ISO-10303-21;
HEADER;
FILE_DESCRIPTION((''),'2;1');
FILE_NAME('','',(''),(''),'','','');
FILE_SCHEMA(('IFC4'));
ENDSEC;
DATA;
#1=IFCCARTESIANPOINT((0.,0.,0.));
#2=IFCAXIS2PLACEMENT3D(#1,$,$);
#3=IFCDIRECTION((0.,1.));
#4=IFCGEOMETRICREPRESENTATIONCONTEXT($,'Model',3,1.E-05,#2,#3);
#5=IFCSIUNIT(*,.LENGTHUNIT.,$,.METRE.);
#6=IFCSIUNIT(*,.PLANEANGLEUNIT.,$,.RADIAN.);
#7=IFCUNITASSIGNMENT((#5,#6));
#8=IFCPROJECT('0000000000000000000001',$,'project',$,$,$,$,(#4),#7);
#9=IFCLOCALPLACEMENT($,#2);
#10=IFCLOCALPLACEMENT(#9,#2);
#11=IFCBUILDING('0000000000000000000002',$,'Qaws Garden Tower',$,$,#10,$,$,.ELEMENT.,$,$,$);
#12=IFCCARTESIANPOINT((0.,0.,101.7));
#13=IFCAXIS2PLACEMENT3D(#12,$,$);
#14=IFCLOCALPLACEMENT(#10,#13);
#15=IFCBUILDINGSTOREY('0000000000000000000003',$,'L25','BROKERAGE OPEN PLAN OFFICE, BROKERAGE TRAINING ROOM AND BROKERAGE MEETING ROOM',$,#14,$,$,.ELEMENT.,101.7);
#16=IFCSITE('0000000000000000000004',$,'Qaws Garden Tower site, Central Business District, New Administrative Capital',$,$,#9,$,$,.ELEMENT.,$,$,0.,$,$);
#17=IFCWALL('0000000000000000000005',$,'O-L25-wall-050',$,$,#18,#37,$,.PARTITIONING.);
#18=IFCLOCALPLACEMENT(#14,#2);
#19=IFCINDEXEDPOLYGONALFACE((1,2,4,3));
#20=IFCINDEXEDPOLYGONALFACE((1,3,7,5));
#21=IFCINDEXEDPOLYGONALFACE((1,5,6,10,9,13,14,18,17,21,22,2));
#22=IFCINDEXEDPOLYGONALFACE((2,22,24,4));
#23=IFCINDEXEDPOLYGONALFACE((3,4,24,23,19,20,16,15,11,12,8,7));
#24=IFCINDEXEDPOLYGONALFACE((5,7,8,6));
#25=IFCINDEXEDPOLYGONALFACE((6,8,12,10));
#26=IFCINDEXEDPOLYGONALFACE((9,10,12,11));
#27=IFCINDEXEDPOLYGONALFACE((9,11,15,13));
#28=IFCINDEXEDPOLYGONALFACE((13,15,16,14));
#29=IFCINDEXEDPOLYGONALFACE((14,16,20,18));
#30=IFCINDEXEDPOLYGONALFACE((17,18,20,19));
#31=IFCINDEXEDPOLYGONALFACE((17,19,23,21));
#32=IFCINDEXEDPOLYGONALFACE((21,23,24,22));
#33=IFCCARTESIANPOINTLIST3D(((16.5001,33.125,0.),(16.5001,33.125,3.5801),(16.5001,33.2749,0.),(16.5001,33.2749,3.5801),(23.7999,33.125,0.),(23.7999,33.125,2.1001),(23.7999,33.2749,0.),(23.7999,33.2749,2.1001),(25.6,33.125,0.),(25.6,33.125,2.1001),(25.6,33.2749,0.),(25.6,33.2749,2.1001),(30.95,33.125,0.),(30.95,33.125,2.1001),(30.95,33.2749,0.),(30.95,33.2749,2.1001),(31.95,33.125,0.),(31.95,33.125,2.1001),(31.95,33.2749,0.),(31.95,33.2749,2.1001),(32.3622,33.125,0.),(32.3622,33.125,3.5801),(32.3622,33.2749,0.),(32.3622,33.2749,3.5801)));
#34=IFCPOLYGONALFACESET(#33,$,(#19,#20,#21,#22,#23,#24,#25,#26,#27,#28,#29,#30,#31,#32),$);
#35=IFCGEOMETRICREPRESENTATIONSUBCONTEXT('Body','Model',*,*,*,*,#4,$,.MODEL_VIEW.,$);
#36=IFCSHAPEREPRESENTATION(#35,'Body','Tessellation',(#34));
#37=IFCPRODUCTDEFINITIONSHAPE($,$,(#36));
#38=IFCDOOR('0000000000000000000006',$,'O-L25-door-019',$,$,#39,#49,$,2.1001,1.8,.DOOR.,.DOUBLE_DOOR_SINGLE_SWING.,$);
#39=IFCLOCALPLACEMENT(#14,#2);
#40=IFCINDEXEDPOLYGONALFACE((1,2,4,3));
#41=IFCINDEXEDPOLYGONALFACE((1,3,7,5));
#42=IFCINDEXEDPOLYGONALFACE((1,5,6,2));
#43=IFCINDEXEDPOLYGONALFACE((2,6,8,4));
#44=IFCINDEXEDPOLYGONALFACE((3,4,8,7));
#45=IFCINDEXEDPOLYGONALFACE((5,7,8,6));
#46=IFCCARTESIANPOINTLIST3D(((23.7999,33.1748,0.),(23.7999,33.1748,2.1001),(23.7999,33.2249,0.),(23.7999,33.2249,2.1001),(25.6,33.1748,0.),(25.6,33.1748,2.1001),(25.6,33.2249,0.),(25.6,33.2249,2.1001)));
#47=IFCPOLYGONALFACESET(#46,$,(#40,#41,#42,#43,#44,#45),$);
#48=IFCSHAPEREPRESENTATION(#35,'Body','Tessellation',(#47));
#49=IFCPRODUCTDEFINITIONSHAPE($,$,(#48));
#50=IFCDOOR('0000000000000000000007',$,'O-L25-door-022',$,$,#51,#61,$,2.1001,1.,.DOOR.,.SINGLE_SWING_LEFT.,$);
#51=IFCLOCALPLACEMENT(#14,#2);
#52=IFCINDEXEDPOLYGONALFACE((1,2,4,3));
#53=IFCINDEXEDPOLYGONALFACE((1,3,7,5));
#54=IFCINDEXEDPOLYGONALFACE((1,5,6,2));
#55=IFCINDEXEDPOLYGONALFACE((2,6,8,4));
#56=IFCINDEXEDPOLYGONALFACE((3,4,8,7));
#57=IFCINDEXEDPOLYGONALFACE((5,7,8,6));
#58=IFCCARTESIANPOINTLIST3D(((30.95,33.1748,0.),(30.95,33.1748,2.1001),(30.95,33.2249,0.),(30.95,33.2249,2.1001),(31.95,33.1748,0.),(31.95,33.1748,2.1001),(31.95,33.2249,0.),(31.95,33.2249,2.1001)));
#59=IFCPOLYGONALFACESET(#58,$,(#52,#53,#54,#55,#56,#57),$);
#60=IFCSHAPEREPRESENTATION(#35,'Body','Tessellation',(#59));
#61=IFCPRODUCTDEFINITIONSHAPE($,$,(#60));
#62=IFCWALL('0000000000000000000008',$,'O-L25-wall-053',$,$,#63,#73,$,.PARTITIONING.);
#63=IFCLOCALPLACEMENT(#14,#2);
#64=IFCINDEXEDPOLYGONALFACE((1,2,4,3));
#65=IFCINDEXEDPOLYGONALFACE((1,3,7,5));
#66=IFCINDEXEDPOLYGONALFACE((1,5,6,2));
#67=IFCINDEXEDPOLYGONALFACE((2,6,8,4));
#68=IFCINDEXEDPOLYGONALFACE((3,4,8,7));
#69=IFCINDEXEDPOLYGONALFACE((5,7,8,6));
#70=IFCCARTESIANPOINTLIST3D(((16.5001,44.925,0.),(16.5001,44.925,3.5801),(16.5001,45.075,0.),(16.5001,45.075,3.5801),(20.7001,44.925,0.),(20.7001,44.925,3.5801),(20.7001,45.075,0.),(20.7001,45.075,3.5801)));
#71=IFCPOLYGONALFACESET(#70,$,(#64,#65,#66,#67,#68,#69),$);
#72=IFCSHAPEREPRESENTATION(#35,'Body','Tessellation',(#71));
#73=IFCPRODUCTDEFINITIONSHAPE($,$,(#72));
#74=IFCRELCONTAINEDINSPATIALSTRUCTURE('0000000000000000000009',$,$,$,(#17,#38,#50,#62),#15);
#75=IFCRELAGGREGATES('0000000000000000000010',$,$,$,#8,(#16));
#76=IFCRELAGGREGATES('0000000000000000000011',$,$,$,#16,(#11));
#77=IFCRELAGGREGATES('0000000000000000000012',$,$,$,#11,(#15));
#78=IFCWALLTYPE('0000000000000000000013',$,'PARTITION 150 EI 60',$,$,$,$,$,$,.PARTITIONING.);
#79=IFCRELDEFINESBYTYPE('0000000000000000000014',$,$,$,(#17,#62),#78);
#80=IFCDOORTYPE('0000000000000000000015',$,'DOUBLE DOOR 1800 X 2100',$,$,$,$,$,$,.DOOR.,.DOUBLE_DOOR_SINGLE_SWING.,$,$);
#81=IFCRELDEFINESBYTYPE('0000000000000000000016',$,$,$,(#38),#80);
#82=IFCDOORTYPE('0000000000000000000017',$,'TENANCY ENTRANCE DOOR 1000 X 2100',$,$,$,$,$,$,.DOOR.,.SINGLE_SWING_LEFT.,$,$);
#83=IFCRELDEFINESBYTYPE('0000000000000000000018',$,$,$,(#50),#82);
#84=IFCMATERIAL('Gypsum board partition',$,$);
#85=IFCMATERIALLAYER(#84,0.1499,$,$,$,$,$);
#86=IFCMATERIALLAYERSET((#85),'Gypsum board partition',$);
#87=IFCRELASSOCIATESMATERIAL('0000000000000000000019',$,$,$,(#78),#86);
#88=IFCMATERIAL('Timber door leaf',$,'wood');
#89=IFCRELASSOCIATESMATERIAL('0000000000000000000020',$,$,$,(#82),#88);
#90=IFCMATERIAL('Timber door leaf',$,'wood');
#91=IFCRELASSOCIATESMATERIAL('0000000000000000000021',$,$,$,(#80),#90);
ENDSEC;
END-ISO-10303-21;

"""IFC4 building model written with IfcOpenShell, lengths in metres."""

from ifc_helpers import new_model, si_unit, direction, frame, frame_2d, origin, place, context, subcontext, project, spatial, rectangle, extrude, material, layer, layer_set, type_object, element, fill, save


model = new_model("IFC4")

# Units and contexts
model_context = context("Model", 3, precision=1e-05, world=origin(), true_north=direction((0.0, 1.0)))
body_context = subcontext(model_context, "Body", "Model", "MODEL_VIEW")
ifc_project = project(units=[si_unit("LENGTHUNIT", "METRE"), si_unit("PLANEANGLEUNIT", "RADIAN")], contexts=[model_context])

# Site, building, storey
site_placement = place(None, origin())
site = spatial("IfcSite", under=ifc_project, at=site_placement, Name="Qaws Garden Tower site, Central Business District, New Administrative Capital", CompositionType="ELEMENT", RefElevation=0.0)
building_placement = place(site_placement, origin())
building = spatial("IfcBuilding", under=site, at=building_placement, Name="Qaws Garden Tower", CompositionType="ELEMENT")
storey_placement = place(building_placement, frame((0.0, 0.0, 101.7)))
storey = spatial("IfcBuildingStorey", under=building, at=storey_placement, Name="L25", Description="BROKERAGE OPEN PLAN OFFICE, BROKERAGE TRAINING ROOM AND BROKERAGE MEETING ROOM", CompositionType="ELEMENT", Elevation=101.7)

# Shared definitions
ifc_material_1 = material(Name="Gypsum board partition")
ifc_layer_1 = layer(ifc_material_1, 0.1499)
ifc_layer_set_1 = layer_set([ifc_layer_1], Name="Gypsum board partition")
wall_type_1 = type_object("IfcWallType", Name="PARTITION 150 EI 60", PredefinedType="PARTITIONING", material=ifc_layer_set_1)
ifc_material_2 = material(Name="Timber door leaf", Category="wood")
door_type_1 = type_object("IfcDoorType", Name="TENANCY ENTRANCE DOOR 1000 X 2100", OperationType="SINGLE_SWING_LEFT", PredefinedType="DOOR", material=ifc_material_2)

# Wall, openings, doors
wall_1_placement = place(storey_placement, frame((16.5, 33.2, 0.0), z_axis=(0.0, 0.0, 1.0), x_axis=(1.0, 0.0, 0.0)))
wall_1 = element("IfcWall", 1, at=wall_1_placement, inside=storey, type_object=wall_type_1, Name="O-L25-wall-050", PredefinedType="PARTITIONING", context=body_context, shape_type="SweptSolid", body=[
    extrude(rectangle(XDim=15.8621, YDim=0.1499, at=frame_2d((7.9312, 0.0))), origin(), (0.0, 0.0, 1.0), 3.5801),
])
opening_1_placement = place(wall_1_placement, frame((7.3, 0.0, 0.0)))
opening_1 = element("IfcOpeningElement", 2, at=opening_1_placement, cuts=wall_1, PredefinedType="OPENING", context=body_context, shape_type="SweptSolid", body=[
    extrude(rectangle(XDim=1.8, YDim=2.1001, at=frame_2d((0.8999, 1.05))), frame((0.0, 0.085, 0.0), z_axis=(0.0, -1.0, 0.0), x_axis=(1.0, 0.0, 0.0)), (0.0, 0.0, 1.0), 0.1699),
])
opening_2_placement = place(wall_1_placement, frame((14.45, 0.0, 0.0)))
opening_2 = element("IfcOpeningElement", 3, at=opening_2_placement, cuts=wall_1, PredefinedType="OPENING", context=body_context, shape_type="SweptSolid", body=[
    extrude(rectangle(XDim=1.0, YDim=2.1001, at=frame_2d((0.5, 1.05))), frame((0.0, 0.085, 0.0), z_axis=(0.0, -1.0, 0.0), x_axis=(1.0, 0.0, 0.0)), (0.0, 0.0, 1.0), 0.1699),
])
ifc_material_3 = material(Name="Timber door leaf", Category="wood")
door_type_2 = type_object("IfcDoorType", Name="DOUBLE DOOR 1800 X 2100", OperationType="DOUBLE_DOOR_SINGLE_SWING", PredefinedType="DOOR", material=ifc_material_3)
door_1_placement = place(opening_1_placement, origin())
door_1 = element("IfcDoor", 4, at=door_1_placement, inside=storey, type_object=door_type_2, Name="O-L25-door-019", OperationType="DOUBLE_DOOR_SINGLE_SWING", OverallHeight=2.1001, OverallWidth=1.8, PredefinedType="DOOR", context=body_context, shape_type="SweptSolid", body=[
    extrude(rectangle(XDim=1.8, YDim=2.1001, at=frame_2d((0.8999, 1.05))), frame((0.0, 0.0249, 0.0), z_axis=(0.0, -1.0, 0.0), x_axis=(1.0, 0.0, 0.0)), (0.0, 0.0, 1.0), 0.05),
])
fill(opening_1, door_1)
door_2_placement = place(opening_2_placement, origin())
door_2 = element("IfcDoor", 5, at=door_2_placement, inside=storey, type_object=door_type_1, Name="O-L25-door-022", OperationType="SINGLE_SWING_LEFT", OverallHeight=2.1001, OverallWidth=1.0, PredefinedType="DOOR", context=body_context, shape_type="SweptSolid", body=[
    extrude(rectangle(XDim=1.0, YDim=2.1001, at=frame_2d((0.5, 1.05))), frame((0.0, 0.0249, 0.0), z_axis=(0.0, -1.0, 0.0), x_axis=(1.0, 0.0, 0.0)), (0.0, 0.0, 1.0), 0.05),
])
fill(opening_2, door_2)

# Wall
wall_2_placement = place(storey_placement, frame((16.5, 45.0, 0.0), z_axis=(0.0, 0.0, 1.0), x_axis=(1.0, 0.0, 0.0)))
element("IfcWall", 6, at=wall_2_placement, inside=storey, type_object=wall_type_1, Name="O-L25-wall-053", PredefinedType="PARTITIONING", context=body_context, shape_type="SweptSolid", body=[
    extrude(rectangle(XDim=4.2, YDim=0.1499, at=frame_2d((2.1001, 0.0))), origin(), (0.0, 0.0, 1.0), 3.5801),
])

save(model, "model.ifc")
